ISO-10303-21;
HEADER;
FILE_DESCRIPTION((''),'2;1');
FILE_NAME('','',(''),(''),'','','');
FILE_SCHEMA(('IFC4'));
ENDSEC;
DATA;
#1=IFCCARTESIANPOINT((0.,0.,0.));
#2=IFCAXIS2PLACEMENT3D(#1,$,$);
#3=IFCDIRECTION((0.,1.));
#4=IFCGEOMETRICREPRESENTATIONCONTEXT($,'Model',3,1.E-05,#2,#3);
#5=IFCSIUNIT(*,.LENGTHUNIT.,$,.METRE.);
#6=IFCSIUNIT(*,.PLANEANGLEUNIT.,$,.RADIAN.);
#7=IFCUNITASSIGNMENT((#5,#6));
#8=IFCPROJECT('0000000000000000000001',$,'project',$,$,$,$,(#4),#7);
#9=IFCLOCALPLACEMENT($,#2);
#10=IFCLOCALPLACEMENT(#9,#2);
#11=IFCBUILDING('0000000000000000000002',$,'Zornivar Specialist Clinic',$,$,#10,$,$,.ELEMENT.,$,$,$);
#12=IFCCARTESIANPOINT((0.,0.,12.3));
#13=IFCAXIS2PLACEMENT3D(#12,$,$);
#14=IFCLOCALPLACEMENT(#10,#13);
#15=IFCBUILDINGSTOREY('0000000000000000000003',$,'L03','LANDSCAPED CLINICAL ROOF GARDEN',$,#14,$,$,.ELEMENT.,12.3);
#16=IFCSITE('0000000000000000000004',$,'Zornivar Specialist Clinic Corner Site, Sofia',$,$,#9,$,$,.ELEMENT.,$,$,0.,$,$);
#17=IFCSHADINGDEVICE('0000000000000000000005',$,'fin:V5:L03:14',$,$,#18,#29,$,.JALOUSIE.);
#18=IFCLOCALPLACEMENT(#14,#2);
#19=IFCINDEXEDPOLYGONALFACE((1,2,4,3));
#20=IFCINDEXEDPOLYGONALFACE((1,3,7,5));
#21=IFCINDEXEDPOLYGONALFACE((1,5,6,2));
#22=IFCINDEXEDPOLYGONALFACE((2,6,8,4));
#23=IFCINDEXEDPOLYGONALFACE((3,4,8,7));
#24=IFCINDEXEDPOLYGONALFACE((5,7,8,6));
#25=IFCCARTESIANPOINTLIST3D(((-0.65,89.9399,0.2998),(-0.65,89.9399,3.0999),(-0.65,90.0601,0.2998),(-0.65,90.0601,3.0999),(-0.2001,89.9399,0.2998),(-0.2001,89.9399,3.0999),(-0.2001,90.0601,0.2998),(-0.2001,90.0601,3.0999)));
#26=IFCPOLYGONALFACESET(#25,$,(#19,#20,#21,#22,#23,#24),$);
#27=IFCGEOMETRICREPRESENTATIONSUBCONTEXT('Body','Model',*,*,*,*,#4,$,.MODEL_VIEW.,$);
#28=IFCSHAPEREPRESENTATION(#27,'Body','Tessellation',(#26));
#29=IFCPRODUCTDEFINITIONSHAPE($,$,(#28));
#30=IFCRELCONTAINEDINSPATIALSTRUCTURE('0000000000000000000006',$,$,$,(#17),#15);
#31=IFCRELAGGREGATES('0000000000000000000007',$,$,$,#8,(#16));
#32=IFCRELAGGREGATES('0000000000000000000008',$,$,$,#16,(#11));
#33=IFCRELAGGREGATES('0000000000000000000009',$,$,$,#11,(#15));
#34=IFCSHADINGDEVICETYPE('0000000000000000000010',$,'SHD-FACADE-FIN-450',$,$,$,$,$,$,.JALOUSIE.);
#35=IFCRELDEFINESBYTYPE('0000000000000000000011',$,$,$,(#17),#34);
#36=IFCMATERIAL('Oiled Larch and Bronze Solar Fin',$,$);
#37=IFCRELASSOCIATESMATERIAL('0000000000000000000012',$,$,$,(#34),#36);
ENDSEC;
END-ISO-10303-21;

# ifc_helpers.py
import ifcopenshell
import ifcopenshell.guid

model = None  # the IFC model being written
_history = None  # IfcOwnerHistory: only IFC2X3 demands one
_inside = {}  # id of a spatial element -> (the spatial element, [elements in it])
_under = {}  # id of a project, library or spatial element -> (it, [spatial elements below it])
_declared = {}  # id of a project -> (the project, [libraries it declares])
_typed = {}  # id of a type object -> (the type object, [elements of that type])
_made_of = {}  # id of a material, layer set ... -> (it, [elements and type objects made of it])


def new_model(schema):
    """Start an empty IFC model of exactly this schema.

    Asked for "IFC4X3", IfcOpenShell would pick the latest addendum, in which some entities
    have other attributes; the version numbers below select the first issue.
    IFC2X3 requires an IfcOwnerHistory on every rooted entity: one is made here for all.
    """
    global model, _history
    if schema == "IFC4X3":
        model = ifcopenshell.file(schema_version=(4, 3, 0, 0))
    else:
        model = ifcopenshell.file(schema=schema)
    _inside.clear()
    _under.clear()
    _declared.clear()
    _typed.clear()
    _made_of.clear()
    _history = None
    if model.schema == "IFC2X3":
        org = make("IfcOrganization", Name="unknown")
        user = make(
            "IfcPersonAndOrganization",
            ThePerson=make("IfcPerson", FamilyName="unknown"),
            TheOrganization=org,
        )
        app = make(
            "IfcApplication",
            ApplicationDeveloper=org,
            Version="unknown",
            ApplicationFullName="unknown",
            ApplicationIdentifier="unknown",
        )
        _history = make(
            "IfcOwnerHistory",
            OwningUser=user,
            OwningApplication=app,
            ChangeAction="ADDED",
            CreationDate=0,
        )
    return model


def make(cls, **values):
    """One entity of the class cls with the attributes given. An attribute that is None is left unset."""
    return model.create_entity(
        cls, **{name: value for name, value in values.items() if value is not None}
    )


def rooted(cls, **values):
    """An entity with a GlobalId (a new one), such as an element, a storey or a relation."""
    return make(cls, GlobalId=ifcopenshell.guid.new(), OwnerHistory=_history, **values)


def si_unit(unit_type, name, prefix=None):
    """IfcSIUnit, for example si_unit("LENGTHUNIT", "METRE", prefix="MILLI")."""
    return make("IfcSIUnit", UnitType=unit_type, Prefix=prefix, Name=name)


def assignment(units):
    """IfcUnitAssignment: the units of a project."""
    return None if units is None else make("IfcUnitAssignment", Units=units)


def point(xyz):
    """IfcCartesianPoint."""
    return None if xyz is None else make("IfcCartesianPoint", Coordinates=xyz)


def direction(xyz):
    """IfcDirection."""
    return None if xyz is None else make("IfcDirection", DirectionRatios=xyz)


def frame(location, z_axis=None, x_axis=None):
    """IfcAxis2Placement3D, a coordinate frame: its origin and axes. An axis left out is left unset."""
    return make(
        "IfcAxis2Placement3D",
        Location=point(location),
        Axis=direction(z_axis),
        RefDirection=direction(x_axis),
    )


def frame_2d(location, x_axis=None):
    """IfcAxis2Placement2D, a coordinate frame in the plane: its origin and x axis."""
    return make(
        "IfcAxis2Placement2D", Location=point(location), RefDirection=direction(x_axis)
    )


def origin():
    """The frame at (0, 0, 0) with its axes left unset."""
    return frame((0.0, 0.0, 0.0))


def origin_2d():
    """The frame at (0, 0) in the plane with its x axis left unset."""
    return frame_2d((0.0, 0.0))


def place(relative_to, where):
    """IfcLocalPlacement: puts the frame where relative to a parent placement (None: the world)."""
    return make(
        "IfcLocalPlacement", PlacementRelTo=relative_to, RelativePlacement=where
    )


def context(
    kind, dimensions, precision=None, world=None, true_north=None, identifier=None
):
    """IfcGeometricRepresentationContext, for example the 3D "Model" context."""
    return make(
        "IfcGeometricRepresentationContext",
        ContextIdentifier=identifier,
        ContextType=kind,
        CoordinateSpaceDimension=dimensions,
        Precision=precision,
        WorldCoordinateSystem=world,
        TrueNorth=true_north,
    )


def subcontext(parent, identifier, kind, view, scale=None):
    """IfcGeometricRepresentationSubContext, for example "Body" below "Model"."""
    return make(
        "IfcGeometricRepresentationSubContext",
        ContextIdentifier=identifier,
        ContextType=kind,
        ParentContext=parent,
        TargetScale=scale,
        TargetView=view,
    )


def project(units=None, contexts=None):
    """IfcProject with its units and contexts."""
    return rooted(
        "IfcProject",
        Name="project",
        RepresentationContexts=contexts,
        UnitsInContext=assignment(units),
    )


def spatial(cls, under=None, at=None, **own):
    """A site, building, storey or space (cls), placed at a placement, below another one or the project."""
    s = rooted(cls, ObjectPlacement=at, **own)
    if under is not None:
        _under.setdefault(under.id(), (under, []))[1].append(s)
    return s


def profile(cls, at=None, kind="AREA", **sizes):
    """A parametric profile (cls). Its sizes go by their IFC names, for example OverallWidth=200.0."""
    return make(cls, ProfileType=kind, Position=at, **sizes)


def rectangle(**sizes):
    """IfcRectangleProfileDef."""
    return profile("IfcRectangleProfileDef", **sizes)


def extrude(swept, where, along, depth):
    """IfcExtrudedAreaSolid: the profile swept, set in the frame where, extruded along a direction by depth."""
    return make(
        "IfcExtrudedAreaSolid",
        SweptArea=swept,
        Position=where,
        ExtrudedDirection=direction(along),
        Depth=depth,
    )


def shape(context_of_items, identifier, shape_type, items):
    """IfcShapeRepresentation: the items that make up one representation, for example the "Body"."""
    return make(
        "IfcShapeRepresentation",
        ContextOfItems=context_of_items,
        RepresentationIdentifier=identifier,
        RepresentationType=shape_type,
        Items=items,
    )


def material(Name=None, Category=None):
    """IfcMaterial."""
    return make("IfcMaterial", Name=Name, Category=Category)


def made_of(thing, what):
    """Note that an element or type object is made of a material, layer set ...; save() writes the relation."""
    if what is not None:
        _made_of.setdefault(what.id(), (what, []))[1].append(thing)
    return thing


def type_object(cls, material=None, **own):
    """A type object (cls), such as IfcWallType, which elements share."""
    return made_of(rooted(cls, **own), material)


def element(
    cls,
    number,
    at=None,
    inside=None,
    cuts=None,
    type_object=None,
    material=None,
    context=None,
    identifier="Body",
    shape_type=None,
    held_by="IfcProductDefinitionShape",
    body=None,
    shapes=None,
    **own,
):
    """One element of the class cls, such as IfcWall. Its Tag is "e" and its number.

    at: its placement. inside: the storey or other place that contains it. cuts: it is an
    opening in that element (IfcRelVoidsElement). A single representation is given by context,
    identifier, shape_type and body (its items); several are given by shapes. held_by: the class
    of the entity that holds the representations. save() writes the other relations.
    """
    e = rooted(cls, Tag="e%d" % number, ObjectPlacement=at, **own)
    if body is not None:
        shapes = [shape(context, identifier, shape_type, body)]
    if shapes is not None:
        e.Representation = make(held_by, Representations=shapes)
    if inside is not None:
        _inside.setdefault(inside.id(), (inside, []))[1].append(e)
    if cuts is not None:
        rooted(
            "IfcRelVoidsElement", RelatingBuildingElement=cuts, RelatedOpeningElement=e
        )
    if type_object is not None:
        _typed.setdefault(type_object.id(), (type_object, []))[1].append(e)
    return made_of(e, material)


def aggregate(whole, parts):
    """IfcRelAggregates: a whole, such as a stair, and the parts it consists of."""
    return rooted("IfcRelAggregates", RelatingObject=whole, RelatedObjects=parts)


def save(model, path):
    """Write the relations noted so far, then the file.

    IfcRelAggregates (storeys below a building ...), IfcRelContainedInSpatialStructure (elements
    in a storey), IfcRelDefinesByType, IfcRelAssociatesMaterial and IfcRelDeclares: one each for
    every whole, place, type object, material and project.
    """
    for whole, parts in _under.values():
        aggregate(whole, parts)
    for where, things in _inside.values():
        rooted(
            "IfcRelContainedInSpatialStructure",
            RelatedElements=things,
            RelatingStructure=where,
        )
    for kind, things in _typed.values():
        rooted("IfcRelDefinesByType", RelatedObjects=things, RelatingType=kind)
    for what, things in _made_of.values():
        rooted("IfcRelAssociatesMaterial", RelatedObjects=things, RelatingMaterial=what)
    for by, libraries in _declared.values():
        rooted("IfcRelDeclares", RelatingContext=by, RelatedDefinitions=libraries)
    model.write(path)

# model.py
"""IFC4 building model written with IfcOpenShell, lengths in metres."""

from ifc_helpers import new_model, si_unit, direction, frame, origin, origin_2d, place, context, subcontext, project, spatial, rectangle, extrude, material, type_object, element, save


model = new_model("IFC4")

# Units and contexts
model_context = context("Model", 3, precision=1e-05, world=origin(), true_north=direction((0.0, 1.0)))
body_context = subcontext(model_context, "Body", "Model", "MODEL_VIEW")
ifc_project = project(units=[si_unit("LENGTHUNIT", "METRE"), si_unit("PLANEANGLEUNIT", "RADIAN")], contexts=[model_context])

# Site, building, storey
site_placement = place(None, origin())
site = spatial("IfcSite", under=ifc_project, at=site_placement, Name="Zornivar Specialist Clinic Corner Site, Sofia", CompositionType="ELEMENT", RefElevation=0.0)
building_placement = place(site_placement, origin())
building = spatial("IfcBuilding", under=site, at=building_placement, Name="Zornivar Specialist Clinic", CompositionType="ELEMENT")
storey_placement = place(building_placement, frame((0.0, 0.0, 12.3)))
storey = spatial("IfcBuildingStorey", under=building, at=storey_placement, Name="L03", Description="LANDSCAPED CLINICAL ROOF GARDEN", CompositionType="ELEMENT", Elevation=12.3)

# Shading device
ifc_material_1 = material(Name="Oiled Larch and Bronze Solar Fin")
shading_device_type = type_object("IfcShadingDeviceType", Name="SHD-FACADE-FIN-450", PredefinedType="JALOUSIE", material=ifc_material_1)
shading_device_placement = place(storey_placement, frame((-0.425, 90.0, 0.2998), z_axis=(0.0, 0.0, 1.0), x_axis=(0.0, -1.0, 0.0)))
element("IfcShadingDevice", 1, at=shading_device_placement, inside=storey, type_object=shading_device_type, Name="fin:V5:L03:14", PredefinedType="JALOUSIE", context=body_context, shape_type="SweptSolid", body=[
    extrude(rectangle(XDim=0.1201, YDim=0.45, at=origin_2d()), origin(), (0.0, 0.0, 1.0), 2.8),
])

save(model, "model.ifc")
